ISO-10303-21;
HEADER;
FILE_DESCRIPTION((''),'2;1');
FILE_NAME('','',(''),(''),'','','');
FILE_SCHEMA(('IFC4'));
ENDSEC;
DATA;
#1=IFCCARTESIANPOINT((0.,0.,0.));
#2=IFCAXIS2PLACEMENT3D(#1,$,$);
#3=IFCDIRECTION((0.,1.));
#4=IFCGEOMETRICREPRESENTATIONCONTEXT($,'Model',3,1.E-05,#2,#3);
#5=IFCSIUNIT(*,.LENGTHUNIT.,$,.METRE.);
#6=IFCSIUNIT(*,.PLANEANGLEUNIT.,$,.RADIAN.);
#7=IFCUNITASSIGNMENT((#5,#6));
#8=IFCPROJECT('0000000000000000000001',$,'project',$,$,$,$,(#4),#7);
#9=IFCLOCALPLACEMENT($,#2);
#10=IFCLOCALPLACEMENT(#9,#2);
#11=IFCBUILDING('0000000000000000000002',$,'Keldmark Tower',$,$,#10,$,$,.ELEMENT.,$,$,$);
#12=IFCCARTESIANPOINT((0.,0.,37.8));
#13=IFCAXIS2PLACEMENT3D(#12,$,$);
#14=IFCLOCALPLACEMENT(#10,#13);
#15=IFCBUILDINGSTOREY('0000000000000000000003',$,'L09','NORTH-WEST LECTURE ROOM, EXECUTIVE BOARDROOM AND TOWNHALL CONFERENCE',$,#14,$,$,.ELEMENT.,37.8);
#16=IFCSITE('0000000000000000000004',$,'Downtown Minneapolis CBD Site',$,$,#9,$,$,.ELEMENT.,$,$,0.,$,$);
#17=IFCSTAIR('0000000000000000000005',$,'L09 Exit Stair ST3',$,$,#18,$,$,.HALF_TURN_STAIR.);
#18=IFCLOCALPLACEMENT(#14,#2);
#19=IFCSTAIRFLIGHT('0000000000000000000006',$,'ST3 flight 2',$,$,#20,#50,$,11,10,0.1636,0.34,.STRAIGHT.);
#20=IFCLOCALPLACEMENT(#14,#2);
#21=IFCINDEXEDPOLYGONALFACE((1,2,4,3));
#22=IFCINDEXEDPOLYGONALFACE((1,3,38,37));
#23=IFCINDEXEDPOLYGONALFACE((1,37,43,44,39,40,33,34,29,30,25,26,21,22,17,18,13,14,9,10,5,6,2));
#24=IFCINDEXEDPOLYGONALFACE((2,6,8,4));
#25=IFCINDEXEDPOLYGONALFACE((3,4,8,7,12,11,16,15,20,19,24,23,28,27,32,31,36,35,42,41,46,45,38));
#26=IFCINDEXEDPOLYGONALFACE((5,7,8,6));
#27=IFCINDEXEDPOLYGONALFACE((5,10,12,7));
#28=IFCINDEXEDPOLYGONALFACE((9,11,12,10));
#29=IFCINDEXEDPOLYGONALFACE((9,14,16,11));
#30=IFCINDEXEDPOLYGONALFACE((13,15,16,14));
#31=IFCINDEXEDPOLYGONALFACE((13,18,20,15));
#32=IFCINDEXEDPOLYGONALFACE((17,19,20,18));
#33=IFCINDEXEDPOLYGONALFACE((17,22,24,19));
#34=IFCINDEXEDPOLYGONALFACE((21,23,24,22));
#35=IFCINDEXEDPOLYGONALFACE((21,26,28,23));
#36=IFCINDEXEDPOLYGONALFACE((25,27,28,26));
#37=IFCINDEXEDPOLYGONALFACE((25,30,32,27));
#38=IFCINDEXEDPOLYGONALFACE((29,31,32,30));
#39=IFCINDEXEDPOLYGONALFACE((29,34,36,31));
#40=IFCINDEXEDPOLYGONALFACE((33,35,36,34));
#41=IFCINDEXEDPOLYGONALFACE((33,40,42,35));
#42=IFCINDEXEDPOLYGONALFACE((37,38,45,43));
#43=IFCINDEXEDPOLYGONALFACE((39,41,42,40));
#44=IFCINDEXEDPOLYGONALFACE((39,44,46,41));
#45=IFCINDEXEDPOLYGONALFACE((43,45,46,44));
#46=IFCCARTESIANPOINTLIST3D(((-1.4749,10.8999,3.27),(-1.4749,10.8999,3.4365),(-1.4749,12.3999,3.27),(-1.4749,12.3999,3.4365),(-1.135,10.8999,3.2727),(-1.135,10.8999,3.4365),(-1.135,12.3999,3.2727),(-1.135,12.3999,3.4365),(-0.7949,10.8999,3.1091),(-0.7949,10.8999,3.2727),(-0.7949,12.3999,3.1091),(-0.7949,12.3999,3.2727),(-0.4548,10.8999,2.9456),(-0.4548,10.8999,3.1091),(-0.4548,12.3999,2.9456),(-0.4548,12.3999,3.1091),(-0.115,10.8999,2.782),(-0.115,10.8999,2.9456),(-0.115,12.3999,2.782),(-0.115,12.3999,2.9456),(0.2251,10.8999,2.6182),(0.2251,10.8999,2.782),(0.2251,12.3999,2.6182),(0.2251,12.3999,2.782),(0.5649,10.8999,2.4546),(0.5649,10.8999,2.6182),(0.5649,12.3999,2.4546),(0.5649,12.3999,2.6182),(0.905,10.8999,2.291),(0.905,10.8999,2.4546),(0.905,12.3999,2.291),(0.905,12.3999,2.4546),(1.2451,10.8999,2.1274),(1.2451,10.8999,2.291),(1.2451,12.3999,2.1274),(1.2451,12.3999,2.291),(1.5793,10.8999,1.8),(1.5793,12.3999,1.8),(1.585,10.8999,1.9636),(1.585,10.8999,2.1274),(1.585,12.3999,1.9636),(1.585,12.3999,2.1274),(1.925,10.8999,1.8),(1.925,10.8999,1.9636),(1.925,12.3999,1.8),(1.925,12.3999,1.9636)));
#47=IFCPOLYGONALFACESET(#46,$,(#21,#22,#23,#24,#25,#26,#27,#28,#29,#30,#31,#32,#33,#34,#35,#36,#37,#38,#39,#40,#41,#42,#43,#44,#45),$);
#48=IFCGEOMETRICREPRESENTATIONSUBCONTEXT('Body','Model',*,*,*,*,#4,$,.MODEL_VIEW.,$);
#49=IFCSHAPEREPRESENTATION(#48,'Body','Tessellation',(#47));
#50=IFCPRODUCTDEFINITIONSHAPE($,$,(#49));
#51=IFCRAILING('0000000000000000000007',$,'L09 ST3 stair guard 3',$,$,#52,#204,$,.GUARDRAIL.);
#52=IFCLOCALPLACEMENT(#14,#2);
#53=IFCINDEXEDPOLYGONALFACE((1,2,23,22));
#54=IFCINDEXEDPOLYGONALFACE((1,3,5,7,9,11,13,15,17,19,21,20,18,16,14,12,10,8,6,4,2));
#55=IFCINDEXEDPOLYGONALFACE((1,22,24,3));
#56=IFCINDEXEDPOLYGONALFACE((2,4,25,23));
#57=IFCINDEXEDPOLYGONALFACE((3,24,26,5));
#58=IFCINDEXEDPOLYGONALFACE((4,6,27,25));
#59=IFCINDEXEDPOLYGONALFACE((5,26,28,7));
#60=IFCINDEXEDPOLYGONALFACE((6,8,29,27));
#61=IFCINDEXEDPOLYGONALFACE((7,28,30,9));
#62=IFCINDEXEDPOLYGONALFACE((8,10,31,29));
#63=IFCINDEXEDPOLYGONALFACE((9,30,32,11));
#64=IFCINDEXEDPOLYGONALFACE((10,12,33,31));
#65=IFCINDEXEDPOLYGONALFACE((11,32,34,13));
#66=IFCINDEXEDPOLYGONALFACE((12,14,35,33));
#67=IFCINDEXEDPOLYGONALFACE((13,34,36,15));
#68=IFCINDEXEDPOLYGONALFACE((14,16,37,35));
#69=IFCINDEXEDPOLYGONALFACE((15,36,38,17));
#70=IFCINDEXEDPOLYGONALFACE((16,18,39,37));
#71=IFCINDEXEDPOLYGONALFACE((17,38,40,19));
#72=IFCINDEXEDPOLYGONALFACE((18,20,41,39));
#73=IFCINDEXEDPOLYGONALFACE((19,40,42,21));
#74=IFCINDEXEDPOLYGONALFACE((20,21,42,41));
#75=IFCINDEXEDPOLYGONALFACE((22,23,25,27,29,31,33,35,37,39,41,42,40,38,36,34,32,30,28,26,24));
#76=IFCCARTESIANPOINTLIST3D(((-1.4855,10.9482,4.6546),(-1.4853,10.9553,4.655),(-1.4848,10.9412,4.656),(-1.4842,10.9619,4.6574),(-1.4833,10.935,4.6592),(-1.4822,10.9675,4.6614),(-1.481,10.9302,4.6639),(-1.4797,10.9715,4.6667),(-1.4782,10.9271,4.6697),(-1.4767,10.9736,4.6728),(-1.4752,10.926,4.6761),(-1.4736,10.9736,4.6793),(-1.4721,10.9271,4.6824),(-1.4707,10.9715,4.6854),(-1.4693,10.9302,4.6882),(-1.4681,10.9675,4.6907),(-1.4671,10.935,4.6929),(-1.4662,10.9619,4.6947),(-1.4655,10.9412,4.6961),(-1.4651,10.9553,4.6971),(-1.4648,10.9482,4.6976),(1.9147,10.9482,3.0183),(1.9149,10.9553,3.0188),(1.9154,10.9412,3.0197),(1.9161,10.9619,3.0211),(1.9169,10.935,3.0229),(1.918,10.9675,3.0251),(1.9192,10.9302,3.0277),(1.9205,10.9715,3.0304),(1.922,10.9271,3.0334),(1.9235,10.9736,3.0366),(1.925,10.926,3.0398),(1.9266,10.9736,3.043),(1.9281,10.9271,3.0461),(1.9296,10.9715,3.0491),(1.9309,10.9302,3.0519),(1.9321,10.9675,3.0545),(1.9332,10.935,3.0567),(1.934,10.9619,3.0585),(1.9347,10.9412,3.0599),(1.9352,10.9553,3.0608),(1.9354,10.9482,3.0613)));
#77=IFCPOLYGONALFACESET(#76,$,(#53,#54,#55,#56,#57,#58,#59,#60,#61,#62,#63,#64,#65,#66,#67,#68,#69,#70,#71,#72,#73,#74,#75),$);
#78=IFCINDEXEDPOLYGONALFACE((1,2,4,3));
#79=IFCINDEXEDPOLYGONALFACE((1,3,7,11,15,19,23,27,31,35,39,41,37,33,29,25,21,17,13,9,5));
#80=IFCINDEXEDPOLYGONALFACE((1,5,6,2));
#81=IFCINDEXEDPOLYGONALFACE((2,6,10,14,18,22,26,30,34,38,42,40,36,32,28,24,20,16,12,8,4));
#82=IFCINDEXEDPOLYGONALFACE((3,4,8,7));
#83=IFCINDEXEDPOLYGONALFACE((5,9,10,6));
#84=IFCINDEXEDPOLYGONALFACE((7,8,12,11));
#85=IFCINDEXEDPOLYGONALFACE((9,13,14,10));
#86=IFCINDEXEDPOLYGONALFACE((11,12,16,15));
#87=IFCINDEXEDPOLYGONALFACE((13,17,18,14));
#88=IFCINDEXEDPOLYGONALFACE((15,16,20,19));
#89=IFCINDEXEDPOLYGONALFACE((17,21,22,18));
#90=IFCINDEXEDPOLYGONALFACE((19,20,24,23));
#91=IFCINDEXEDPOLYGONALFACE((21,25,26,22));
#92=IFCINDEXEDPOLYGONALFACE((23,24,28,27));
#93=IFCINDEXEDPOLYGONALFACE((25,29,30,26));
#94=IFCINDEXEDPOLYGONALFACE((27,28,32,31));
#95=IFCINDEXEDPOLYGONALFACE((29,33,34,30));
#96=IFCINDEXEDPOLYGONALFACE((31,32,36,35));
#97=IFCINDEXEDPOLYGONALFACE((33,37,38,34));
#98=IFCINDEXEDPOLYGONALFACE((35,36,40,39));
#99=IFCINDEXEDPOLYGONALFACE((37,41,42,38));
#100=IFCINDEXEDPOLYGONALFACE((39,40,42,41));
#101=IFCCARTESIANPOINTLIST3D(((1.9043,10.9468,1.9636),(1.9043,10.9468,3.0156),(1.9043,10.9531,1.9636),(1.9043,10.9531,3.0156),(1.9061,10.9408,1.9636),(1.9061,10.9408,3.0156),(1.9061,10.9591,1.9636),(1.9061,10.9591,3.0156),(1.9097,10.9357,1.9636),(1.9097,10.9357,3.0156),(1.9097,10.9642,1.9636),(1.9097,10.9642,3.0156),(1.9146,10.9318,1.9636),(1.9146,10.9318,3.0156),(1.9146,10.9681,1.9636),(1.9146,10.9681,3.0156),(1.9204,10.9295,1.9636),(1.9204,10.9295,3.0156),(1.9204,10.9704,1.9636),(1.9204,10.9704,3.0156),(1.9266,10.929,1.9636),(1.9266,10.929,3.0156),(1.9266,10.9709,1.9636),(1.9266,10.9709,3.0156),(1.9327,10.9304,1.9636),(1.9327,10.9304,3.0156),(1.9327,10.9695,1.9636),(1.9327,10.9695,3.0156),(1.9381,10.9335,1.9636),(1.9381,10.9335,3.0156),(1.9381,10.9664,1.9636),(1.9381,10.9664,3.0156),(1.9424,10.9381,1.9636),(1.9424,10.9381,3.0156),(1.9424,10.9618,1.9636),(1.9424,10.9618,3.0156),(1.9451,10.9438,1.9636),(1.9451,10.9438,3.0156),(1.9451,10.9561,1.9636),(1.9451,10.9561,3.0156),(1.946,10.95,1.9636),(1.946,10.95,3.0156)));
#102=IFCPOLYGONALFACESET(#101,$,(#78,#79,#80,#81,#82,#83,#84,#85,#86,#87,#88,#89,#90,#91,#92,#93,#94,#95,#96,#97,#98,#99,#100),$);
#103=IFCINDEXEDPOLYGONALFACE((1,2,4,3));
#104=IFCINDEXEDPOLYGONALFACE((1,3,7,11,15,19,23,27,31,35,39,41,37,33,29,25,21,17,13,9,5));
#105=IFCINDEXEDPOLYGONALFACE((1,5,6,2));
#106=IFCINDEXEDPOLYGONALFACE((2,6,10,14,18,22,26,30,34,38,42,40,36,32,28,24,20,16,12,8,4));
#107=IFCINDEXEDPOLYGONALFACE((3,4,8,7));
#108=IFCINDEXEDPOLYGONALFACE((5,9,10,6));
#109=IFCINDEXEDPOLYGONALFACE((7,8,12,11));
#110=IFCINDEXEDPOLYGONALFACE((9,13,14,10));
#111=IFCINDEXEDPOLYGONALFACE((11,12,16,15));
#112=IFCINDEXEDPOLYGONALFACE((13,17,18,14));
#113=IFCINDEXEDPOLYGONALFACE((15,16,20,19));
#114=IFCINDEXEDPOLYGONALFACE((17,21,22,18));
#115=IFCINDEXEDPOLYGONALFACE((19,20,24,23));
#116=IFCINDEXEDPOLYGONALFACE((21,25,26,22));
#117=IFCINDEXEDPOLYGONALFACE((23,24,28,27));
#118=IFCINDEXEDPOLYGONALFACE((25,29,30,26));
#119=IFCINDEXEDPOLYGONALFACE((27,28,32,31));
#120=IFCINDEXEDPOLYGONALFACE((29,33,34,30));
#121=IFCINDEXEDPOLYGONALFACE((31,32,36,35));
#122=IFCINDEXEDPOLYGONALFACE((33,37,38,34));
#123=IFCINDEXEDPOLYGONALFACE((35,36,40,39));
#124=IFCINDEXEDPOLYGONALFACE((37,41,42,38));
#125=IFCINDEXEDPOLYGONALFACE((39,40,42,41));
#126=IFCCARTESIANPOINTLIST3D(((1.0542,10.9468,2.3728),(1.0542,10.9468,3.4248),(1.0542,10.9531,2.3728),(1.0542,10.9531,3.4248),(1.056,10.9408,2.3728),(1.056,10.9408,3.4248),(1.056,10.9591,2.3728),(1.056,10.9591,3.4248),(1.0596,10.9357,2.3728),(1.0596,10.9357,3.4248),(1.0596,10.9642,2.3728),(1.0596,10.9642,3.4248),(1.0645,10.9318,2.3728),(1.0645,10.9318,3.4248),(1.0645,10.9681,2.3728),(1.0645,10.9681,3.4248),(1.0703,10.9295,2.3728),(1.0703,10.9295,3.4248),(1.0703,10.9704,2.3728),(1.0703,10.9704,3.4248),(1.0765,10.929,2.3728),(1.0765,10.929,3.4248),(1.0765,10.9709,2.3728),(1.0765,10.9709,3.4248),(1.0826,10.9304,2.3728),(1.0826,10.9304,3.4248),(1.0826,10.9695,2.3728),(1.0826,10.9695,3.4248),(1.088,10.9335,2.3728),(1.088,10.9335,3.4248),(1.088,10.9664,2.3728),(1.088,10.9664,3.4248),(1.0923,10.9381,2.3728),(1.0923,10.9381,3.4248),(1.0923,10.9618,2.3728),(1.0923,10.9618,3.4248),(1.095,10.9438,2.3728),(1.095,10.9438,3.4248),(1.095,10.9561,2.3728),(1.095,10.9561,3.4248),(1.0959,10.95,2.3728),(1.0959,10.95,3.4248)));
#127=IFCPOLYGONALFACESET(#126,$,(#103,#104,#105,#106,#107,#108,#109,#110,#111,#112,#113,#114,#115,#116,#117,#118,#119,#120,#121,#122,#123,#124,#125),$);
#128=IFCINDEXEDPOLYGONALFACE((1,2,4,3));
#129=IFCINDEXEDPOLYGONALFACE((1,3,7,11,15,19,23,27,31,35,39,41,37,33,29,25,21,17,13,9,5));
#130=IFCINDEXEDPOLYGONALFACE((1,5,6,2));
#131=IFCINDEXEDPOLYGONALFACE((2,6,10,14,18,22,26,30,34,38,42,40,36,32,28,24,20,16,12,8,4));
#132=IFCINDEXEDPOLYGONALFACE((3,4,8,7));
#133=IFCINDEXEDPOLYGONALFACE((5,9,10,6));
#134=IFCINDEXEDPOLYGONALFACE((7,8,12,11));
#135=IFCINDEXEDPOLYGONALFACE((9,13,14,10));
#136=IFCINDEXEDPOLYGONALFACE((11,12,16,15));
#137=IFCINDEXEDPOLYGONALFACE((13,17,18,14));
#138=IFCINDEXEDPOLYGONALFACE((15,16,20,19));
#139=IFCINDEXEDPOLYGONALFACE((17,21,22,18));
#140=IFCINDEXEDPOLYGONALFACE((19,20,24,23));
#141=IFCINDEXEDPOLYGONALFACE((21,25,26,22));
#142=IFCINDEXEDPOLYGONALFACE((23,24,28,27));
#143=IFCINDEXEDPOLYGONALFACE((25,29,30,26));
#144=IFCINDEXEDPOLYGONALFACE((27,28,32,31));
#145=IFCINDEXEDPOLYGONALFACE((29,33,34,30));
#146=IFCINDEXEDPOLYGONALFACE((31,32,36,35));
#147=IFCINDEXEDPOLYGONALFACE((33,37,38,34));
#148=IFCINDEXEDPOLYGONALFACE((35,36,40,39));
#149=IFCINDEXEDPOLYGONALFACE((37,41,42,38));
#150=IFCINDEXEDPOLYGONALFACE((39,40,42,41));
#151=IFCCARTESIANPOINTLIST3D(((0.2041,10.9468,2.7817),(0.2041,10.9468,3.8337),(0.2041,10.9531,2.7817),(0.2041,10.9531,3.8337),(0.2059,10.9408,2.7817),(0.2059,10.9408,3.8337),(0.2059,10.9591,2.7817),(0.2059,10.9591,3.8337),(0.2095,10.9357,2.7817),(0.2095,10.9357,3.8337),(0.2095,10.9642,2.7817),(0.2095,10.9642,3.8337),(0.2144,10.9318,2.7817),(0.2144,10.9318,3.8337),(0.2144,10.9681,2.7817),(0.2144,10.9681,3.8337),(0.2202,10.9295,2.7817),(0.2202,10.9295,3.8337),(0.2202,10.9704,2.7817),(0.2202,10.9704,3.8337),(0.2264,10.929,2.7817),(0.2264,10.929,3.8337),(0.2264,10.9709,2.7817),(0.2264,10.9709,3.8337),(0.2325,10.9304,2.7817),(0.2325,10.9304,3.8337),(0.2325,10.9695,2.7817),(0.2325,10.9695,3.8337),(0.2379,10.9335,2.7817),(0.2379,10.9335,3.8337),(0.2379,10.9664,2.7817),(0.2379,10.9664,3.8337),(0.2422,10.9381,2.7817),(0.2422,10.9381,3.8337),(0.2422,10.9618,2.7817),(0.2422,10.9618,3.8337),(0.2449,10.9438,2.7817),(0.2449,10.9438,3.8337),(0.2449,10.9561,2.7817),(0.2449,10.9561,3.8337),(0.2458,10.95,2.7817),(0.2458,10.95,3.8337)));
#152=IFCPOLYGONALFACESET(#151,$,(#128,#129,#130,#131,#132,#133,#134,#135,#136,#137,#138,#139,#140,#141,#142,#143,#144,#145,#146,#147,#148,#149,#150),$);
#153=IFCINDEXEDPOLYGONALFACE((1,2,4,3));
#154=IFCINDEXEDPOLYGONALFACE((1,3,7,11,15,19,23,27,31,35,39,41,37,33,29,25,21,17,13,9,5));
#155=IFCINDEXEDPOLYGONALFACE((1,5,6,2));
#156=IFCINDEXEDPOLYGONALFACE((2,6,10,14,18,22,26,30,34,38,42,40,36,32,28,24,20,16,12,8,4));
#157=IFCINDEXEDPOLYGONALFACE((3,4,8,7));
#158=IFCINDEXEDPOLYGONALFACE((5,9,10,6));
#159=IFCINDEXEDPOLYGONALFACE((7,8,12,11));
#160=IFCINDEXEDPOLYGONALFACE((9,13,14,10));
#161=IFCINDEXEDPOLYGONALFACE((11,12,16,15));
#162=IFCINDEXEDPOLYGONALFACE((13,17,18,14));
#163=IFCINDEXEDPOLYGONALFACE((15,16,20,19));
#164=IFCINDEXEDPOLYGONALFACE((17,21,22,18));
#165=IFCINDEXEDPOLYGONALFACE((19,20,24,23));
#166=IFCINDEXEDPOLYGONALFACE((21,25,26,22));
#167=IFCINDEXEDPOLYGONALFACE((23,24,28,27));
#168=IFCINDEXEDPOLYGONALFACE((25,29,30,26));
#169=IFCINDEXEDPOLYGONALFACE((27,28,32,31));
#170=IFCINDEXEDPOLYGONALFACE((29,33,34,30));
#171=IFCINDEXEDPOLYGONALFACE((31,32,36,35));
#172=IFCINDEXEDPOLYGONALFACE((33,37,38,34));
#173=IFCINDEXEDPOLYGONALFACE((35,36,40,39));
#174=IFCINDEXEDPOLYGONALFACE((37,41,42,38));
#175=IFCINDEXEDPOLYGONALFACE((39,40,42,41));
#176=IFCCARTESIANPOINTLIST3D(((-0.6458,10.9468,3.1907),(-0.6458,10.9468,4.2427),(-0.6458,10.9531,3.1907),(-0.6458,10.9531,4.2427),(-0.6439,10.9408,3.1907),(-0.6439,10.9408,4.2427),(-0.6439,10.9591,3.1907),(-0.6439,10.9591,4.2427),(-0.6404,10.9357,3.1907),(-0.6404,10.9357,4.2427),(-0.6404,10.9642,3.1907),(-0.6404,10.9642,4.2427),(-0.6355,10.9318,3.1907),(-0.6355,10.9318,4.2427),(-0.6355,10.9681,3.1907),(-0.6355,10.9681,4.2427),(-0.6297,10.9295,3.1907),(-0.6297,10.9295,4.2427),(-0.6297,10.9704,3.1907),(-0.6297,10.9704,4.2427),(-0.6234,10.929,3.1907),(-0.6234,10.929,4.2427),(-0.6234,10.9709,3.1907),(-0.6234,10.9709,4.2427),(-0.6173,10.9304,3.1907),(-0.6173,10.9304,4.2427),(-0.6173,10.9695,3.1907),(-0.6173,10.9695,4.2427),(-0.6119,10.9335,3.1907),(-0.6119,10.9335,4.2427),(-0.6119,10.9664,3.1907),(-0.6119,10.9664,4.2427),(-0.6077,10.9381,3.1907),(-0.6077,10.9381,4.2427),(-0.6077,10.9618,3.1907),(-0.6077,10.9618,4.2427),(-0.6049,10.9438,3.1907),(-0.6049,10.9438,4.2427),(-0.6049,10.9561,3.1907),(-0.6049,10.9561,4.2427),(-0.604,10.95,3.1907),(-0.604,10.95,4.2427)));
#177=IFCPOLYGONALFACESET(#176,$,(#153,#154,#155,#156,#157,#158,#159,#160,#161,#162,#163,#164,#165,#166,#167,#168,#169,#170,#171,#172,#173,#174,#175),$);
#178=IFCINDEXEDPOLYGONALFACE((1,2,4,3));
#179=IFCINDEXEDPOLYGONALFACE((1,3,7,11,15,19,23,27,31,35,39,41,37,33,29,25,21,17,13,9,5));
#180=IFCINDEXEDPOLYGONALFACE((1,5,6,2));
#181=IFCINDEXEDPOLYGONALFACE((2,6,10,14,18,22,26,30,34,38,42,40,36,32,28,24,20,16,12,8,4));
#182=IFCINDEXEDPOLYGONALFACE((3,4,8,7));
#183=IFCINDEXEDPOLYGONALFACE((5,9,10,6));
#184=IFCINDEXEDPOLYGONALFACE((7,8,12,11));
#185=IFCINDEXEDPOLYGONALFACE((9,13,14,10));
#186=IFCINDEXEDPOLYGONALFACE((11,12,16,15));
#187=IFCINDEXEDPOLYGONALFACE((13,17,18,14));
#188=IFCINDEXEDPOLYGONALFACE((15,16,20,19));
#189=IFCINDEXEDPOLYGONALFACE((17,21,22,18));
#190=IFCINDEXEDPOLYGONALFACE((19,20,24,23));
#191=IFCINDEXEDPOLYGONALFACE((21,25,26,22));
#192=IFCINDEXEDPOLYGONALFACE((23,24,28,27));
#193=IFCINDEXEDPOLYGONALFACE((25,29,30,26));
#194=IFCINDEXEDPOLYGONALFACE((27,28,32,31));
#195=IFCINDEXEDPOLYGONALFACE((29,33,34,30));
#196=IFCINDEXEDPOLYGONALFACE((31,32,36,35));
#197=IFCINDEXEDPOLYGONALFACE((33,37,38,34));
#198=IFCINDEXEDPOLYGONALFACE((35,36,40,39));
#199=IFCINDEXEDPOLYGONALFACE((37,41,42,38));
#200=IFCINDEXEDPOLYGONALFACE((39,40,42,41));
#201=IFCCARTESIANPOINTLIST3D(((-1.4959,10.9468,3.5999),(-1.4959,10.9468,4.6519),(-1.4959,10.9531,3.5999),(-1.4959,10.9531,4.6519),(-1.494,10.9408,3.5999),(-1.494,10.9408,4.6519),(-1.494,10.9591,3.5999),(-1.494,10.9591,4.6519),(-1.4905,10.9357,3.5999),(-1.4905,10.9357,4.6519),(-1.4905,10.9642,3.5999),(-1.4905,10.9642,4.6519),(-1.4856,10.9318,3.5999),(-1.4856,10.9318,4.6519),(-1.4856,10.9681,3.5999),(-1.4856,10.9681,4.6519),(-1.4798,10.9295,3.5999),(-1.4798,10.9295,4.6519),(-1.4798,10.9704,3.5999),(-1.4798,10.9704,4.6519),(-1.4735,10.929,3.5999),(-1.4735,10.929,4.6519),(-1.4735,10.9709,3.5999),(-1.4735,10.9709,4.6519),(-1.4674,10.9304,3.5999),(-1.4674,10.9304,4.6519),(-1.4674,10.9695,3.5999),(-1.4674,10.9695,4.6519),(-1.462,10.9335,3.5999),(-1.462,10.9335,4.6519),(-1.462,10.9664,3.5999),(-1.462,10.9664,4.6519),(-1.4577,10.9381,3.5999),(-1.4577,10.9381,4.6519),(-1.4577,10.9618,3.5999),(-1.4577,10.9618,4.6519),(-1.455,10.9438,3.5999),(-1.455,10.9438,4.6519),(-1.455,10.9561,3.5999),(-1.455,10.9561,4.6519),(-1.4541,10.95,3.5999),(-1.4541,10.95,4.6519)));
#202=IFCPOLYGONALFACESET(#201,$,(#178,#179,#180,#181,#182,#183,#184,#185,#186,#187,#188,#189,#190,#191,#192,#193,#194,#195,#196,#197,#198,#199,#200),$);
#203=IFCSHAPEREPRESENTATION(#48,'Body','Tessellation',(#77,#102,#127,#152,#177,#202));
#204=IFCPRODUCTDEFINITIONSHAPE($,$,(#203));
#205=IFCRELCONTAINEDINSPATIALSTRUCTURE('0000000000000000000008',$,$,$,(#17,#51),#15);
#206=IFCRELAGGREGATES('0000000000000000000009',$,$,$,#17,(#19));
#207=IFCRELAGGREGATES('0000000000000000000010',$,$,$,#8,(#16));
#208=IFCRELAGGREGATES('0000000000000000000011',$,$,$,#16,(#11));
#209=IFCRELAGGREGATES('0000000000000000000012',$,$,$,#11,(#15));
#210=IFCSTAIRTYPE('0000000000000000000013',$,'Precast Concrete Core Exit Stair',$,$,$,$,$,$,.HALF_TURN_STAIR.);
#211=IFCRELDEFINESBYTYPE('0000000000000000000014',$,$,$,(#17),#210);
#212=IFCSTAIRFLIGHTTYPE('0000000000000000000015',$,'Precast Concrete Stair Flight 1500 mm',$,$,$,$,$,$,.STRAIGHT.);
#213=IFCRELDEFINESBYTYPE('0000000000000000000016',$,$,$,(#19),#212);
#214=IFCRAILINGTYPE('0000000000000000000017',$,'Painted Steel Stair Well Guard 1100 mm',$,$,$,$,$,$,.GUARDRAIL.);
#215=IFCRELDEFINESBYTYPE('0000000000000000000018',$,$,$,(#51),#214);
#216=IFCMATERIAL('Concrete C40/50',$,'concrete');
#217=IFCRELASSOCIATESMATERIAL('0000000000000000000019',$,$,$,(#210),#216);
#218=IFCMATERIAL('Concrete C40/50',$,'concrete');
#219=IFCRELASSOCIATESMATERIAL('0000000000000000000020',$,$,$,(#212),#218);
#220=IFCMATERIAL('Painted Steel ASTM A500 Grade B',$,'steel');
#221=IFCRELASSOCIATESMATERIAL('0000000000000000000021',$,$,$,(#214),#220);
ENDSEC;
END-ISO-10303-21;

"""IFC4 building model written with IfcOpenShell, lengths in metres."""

from ifc_helpers import new_model, si_unit, direction, frame, origin, origin_2d, place, context, subcontext, project, spatial, polyline, circle, outline, extrude, material, type_object, element, aggregate, save


model = new_model("IFC4")

# Units and contexts
model_context = context("Model", 3, precision=1e-05, world=origin(), true_north=direction((0.0, 1.0)))
body_context = subcontext(model_context, "Body", "Model", "MODEL_VIEW")
ifc_project = project(units=[si_unit("LENGTHUNIT", "METRE"), si_unit("PLANEANGLEUNIT", "RADIAN")], contexts=[model_context])

# Site, building, storey
site_placement = place(None, origin())
site = spatial("IfcSite", under=ifc_project, at=site_placement, Name="Downtown Minneapolis CBD Site", CompositionType="ELEMENT", RefElevation=0.0)
building_placement = place(site_placement, origin())
building = spatial("IfcBuilding", under=site, at=building_placement, Name="Keldmark Tower", CompositionType="ELEMENT")
storey_placement = place(building_placement, frame((0.0, 0.0, 37.8)))
storey = spatial("IfcBuildingStorey", under=building, at=storey_placement, Name="L09", Description="NORTH-WEST LECTURE ROOM, EXECUTIVE BOARDROOM AND TOWNHALL CONFERENCE", CompositionType="ELEMENT", Elevation=37.8)

# Stair, stair flight
ifc_material_1 = material(Name="Concrete C40/50", Category="concrete")
stair_type = type_object("IfcStairType", Name="Precast Concrete Core Exit Stair", PredefinedType="HALF_TURN_STAIR", material=ifc_material_1)
stair_placement = place(storey_placement, origin())
stair = element("IfcStair", 1, at=stair_placement, inside=storey, type_object=stair_type, Name="L09 Exit Stair ST3", PredefinedType="HALF_TURN_STAIR")
ifc_material_2 = material(Name="Concrete C40/50", Category="concrete")
stair_flight_type = type_object("IfcStairFlightType", Name="Precast Concrete Stair Flight 1500 mm", PredefinedType="STRAIGHT", material=ifc_material_2)
stair_flight_placement = place(storey_placement, frame((1.925, 11.6499, 1.8), z_axis=(0.0, 0.0, 1.0), x_axis=(-1.0, 0.0, 0.0)))
stair_flight = element("IfcStairFlight", 2, at=stair_flight_placement, type_object=stair_flight_type, Name="ST3 flight 2", NumberOfRisers=11, NumberOfTreads=10, PredefinedType="STRAIGHT", RiserHeight=0.1636, TreadLength=0.34, context=body_context, shape_type="SweptSolid", body=[
    extrude(outline(polyline([(0.0, 0.0), (0.0, 0.1636), (0.3401, 0.1636), (0.3401, 0.3274), (0.6799, 0.3274), (0.6799, 0.491), (1.02, 0.491), (1.02, 0.6545), (1.3601, 0.6545), (1.3601, 0.8181), (1.7, 0.8181), (1.7, 0.9819), (2.04, 0.9819), (2.04, 1.1455), (2.3799, 1.1455), (2.3799, 1.3091), (2.72, 1.3091), (2.72, 1.4727), (3.0601, 1.4727), (3.0601, 1.6365), (3.3999, 1.6365), (3.3999, 1.8), (3.3999, 1.47), (0.3457, 0.0), (0.0, 0.0)])), frame((0.0, 0.75, 0.0), z_axis=(0.0, -1.0, 0.0), x_axis=(1.0, 0.0, 0.0)), (0.0, 0.0, 1.0), 1.5),
])
aggregate(stair, [stair_flight])

# Railing
ifc_material_3 = material(Name="Painted Steel ASTM A500 Grade B", Category="steel")
railing_type_1 = type_object("IfcRailingType", Name="Painted Steel Stair Well Guard 1100 mm", PredefinedType="GUARDRAIL", material=ifc_material_3)
railing_1_placement = place(storey_placement, frame((1.925, 10.95, 1.9636)))
element("IfcRailing", 3, at=railing_1_placement, inside=storey, type_object=railing_type_1, Name="L09 ST3 stair guard 3", PredefinedType="GUARDRAIL", context=body_context, shape_type="SweptSolid", body=[
    extrude(circle(Radius=0.0239, at=origin_2d()), frame((0.0, 0.0, 1.0762), z_axis=(-0.901093, 0.0, 0.433627), x_axis=(0.0, -1.0, 0.0)), (0.0, 0.0, 1.0), 3.7734),
    extrude(circle(Radius=0.021, at=origin_2d()), origin(), (0.0, 0.0, 1.0), 1.052),
    extrude(circle(Radius=0.021, at=origin_2d()), frame((-0.8501, 0.0, 0.4092)), (0.0, 0.0, 1.0), 1.052),
    extrude(circle(Radius=0.021, at=origin_2d()), frame((-1.7002, 0.0, 0.8181)), (0.0, 0.0, 1.0), 1.052),
    extrude(circle(Radius=0.021, at=origin_2d()), frame((-2.55, 0.0, 1.2271)), (0.0, 0.0, 1.0), 1.052),
    extrude(circle(Radius=0.021, at=origin_2d()), frame((-3.4001, 0.0, 1.6362)), (0.0, 0.0, 1.0), 1.052),
])

save(model, "model.ifc")
